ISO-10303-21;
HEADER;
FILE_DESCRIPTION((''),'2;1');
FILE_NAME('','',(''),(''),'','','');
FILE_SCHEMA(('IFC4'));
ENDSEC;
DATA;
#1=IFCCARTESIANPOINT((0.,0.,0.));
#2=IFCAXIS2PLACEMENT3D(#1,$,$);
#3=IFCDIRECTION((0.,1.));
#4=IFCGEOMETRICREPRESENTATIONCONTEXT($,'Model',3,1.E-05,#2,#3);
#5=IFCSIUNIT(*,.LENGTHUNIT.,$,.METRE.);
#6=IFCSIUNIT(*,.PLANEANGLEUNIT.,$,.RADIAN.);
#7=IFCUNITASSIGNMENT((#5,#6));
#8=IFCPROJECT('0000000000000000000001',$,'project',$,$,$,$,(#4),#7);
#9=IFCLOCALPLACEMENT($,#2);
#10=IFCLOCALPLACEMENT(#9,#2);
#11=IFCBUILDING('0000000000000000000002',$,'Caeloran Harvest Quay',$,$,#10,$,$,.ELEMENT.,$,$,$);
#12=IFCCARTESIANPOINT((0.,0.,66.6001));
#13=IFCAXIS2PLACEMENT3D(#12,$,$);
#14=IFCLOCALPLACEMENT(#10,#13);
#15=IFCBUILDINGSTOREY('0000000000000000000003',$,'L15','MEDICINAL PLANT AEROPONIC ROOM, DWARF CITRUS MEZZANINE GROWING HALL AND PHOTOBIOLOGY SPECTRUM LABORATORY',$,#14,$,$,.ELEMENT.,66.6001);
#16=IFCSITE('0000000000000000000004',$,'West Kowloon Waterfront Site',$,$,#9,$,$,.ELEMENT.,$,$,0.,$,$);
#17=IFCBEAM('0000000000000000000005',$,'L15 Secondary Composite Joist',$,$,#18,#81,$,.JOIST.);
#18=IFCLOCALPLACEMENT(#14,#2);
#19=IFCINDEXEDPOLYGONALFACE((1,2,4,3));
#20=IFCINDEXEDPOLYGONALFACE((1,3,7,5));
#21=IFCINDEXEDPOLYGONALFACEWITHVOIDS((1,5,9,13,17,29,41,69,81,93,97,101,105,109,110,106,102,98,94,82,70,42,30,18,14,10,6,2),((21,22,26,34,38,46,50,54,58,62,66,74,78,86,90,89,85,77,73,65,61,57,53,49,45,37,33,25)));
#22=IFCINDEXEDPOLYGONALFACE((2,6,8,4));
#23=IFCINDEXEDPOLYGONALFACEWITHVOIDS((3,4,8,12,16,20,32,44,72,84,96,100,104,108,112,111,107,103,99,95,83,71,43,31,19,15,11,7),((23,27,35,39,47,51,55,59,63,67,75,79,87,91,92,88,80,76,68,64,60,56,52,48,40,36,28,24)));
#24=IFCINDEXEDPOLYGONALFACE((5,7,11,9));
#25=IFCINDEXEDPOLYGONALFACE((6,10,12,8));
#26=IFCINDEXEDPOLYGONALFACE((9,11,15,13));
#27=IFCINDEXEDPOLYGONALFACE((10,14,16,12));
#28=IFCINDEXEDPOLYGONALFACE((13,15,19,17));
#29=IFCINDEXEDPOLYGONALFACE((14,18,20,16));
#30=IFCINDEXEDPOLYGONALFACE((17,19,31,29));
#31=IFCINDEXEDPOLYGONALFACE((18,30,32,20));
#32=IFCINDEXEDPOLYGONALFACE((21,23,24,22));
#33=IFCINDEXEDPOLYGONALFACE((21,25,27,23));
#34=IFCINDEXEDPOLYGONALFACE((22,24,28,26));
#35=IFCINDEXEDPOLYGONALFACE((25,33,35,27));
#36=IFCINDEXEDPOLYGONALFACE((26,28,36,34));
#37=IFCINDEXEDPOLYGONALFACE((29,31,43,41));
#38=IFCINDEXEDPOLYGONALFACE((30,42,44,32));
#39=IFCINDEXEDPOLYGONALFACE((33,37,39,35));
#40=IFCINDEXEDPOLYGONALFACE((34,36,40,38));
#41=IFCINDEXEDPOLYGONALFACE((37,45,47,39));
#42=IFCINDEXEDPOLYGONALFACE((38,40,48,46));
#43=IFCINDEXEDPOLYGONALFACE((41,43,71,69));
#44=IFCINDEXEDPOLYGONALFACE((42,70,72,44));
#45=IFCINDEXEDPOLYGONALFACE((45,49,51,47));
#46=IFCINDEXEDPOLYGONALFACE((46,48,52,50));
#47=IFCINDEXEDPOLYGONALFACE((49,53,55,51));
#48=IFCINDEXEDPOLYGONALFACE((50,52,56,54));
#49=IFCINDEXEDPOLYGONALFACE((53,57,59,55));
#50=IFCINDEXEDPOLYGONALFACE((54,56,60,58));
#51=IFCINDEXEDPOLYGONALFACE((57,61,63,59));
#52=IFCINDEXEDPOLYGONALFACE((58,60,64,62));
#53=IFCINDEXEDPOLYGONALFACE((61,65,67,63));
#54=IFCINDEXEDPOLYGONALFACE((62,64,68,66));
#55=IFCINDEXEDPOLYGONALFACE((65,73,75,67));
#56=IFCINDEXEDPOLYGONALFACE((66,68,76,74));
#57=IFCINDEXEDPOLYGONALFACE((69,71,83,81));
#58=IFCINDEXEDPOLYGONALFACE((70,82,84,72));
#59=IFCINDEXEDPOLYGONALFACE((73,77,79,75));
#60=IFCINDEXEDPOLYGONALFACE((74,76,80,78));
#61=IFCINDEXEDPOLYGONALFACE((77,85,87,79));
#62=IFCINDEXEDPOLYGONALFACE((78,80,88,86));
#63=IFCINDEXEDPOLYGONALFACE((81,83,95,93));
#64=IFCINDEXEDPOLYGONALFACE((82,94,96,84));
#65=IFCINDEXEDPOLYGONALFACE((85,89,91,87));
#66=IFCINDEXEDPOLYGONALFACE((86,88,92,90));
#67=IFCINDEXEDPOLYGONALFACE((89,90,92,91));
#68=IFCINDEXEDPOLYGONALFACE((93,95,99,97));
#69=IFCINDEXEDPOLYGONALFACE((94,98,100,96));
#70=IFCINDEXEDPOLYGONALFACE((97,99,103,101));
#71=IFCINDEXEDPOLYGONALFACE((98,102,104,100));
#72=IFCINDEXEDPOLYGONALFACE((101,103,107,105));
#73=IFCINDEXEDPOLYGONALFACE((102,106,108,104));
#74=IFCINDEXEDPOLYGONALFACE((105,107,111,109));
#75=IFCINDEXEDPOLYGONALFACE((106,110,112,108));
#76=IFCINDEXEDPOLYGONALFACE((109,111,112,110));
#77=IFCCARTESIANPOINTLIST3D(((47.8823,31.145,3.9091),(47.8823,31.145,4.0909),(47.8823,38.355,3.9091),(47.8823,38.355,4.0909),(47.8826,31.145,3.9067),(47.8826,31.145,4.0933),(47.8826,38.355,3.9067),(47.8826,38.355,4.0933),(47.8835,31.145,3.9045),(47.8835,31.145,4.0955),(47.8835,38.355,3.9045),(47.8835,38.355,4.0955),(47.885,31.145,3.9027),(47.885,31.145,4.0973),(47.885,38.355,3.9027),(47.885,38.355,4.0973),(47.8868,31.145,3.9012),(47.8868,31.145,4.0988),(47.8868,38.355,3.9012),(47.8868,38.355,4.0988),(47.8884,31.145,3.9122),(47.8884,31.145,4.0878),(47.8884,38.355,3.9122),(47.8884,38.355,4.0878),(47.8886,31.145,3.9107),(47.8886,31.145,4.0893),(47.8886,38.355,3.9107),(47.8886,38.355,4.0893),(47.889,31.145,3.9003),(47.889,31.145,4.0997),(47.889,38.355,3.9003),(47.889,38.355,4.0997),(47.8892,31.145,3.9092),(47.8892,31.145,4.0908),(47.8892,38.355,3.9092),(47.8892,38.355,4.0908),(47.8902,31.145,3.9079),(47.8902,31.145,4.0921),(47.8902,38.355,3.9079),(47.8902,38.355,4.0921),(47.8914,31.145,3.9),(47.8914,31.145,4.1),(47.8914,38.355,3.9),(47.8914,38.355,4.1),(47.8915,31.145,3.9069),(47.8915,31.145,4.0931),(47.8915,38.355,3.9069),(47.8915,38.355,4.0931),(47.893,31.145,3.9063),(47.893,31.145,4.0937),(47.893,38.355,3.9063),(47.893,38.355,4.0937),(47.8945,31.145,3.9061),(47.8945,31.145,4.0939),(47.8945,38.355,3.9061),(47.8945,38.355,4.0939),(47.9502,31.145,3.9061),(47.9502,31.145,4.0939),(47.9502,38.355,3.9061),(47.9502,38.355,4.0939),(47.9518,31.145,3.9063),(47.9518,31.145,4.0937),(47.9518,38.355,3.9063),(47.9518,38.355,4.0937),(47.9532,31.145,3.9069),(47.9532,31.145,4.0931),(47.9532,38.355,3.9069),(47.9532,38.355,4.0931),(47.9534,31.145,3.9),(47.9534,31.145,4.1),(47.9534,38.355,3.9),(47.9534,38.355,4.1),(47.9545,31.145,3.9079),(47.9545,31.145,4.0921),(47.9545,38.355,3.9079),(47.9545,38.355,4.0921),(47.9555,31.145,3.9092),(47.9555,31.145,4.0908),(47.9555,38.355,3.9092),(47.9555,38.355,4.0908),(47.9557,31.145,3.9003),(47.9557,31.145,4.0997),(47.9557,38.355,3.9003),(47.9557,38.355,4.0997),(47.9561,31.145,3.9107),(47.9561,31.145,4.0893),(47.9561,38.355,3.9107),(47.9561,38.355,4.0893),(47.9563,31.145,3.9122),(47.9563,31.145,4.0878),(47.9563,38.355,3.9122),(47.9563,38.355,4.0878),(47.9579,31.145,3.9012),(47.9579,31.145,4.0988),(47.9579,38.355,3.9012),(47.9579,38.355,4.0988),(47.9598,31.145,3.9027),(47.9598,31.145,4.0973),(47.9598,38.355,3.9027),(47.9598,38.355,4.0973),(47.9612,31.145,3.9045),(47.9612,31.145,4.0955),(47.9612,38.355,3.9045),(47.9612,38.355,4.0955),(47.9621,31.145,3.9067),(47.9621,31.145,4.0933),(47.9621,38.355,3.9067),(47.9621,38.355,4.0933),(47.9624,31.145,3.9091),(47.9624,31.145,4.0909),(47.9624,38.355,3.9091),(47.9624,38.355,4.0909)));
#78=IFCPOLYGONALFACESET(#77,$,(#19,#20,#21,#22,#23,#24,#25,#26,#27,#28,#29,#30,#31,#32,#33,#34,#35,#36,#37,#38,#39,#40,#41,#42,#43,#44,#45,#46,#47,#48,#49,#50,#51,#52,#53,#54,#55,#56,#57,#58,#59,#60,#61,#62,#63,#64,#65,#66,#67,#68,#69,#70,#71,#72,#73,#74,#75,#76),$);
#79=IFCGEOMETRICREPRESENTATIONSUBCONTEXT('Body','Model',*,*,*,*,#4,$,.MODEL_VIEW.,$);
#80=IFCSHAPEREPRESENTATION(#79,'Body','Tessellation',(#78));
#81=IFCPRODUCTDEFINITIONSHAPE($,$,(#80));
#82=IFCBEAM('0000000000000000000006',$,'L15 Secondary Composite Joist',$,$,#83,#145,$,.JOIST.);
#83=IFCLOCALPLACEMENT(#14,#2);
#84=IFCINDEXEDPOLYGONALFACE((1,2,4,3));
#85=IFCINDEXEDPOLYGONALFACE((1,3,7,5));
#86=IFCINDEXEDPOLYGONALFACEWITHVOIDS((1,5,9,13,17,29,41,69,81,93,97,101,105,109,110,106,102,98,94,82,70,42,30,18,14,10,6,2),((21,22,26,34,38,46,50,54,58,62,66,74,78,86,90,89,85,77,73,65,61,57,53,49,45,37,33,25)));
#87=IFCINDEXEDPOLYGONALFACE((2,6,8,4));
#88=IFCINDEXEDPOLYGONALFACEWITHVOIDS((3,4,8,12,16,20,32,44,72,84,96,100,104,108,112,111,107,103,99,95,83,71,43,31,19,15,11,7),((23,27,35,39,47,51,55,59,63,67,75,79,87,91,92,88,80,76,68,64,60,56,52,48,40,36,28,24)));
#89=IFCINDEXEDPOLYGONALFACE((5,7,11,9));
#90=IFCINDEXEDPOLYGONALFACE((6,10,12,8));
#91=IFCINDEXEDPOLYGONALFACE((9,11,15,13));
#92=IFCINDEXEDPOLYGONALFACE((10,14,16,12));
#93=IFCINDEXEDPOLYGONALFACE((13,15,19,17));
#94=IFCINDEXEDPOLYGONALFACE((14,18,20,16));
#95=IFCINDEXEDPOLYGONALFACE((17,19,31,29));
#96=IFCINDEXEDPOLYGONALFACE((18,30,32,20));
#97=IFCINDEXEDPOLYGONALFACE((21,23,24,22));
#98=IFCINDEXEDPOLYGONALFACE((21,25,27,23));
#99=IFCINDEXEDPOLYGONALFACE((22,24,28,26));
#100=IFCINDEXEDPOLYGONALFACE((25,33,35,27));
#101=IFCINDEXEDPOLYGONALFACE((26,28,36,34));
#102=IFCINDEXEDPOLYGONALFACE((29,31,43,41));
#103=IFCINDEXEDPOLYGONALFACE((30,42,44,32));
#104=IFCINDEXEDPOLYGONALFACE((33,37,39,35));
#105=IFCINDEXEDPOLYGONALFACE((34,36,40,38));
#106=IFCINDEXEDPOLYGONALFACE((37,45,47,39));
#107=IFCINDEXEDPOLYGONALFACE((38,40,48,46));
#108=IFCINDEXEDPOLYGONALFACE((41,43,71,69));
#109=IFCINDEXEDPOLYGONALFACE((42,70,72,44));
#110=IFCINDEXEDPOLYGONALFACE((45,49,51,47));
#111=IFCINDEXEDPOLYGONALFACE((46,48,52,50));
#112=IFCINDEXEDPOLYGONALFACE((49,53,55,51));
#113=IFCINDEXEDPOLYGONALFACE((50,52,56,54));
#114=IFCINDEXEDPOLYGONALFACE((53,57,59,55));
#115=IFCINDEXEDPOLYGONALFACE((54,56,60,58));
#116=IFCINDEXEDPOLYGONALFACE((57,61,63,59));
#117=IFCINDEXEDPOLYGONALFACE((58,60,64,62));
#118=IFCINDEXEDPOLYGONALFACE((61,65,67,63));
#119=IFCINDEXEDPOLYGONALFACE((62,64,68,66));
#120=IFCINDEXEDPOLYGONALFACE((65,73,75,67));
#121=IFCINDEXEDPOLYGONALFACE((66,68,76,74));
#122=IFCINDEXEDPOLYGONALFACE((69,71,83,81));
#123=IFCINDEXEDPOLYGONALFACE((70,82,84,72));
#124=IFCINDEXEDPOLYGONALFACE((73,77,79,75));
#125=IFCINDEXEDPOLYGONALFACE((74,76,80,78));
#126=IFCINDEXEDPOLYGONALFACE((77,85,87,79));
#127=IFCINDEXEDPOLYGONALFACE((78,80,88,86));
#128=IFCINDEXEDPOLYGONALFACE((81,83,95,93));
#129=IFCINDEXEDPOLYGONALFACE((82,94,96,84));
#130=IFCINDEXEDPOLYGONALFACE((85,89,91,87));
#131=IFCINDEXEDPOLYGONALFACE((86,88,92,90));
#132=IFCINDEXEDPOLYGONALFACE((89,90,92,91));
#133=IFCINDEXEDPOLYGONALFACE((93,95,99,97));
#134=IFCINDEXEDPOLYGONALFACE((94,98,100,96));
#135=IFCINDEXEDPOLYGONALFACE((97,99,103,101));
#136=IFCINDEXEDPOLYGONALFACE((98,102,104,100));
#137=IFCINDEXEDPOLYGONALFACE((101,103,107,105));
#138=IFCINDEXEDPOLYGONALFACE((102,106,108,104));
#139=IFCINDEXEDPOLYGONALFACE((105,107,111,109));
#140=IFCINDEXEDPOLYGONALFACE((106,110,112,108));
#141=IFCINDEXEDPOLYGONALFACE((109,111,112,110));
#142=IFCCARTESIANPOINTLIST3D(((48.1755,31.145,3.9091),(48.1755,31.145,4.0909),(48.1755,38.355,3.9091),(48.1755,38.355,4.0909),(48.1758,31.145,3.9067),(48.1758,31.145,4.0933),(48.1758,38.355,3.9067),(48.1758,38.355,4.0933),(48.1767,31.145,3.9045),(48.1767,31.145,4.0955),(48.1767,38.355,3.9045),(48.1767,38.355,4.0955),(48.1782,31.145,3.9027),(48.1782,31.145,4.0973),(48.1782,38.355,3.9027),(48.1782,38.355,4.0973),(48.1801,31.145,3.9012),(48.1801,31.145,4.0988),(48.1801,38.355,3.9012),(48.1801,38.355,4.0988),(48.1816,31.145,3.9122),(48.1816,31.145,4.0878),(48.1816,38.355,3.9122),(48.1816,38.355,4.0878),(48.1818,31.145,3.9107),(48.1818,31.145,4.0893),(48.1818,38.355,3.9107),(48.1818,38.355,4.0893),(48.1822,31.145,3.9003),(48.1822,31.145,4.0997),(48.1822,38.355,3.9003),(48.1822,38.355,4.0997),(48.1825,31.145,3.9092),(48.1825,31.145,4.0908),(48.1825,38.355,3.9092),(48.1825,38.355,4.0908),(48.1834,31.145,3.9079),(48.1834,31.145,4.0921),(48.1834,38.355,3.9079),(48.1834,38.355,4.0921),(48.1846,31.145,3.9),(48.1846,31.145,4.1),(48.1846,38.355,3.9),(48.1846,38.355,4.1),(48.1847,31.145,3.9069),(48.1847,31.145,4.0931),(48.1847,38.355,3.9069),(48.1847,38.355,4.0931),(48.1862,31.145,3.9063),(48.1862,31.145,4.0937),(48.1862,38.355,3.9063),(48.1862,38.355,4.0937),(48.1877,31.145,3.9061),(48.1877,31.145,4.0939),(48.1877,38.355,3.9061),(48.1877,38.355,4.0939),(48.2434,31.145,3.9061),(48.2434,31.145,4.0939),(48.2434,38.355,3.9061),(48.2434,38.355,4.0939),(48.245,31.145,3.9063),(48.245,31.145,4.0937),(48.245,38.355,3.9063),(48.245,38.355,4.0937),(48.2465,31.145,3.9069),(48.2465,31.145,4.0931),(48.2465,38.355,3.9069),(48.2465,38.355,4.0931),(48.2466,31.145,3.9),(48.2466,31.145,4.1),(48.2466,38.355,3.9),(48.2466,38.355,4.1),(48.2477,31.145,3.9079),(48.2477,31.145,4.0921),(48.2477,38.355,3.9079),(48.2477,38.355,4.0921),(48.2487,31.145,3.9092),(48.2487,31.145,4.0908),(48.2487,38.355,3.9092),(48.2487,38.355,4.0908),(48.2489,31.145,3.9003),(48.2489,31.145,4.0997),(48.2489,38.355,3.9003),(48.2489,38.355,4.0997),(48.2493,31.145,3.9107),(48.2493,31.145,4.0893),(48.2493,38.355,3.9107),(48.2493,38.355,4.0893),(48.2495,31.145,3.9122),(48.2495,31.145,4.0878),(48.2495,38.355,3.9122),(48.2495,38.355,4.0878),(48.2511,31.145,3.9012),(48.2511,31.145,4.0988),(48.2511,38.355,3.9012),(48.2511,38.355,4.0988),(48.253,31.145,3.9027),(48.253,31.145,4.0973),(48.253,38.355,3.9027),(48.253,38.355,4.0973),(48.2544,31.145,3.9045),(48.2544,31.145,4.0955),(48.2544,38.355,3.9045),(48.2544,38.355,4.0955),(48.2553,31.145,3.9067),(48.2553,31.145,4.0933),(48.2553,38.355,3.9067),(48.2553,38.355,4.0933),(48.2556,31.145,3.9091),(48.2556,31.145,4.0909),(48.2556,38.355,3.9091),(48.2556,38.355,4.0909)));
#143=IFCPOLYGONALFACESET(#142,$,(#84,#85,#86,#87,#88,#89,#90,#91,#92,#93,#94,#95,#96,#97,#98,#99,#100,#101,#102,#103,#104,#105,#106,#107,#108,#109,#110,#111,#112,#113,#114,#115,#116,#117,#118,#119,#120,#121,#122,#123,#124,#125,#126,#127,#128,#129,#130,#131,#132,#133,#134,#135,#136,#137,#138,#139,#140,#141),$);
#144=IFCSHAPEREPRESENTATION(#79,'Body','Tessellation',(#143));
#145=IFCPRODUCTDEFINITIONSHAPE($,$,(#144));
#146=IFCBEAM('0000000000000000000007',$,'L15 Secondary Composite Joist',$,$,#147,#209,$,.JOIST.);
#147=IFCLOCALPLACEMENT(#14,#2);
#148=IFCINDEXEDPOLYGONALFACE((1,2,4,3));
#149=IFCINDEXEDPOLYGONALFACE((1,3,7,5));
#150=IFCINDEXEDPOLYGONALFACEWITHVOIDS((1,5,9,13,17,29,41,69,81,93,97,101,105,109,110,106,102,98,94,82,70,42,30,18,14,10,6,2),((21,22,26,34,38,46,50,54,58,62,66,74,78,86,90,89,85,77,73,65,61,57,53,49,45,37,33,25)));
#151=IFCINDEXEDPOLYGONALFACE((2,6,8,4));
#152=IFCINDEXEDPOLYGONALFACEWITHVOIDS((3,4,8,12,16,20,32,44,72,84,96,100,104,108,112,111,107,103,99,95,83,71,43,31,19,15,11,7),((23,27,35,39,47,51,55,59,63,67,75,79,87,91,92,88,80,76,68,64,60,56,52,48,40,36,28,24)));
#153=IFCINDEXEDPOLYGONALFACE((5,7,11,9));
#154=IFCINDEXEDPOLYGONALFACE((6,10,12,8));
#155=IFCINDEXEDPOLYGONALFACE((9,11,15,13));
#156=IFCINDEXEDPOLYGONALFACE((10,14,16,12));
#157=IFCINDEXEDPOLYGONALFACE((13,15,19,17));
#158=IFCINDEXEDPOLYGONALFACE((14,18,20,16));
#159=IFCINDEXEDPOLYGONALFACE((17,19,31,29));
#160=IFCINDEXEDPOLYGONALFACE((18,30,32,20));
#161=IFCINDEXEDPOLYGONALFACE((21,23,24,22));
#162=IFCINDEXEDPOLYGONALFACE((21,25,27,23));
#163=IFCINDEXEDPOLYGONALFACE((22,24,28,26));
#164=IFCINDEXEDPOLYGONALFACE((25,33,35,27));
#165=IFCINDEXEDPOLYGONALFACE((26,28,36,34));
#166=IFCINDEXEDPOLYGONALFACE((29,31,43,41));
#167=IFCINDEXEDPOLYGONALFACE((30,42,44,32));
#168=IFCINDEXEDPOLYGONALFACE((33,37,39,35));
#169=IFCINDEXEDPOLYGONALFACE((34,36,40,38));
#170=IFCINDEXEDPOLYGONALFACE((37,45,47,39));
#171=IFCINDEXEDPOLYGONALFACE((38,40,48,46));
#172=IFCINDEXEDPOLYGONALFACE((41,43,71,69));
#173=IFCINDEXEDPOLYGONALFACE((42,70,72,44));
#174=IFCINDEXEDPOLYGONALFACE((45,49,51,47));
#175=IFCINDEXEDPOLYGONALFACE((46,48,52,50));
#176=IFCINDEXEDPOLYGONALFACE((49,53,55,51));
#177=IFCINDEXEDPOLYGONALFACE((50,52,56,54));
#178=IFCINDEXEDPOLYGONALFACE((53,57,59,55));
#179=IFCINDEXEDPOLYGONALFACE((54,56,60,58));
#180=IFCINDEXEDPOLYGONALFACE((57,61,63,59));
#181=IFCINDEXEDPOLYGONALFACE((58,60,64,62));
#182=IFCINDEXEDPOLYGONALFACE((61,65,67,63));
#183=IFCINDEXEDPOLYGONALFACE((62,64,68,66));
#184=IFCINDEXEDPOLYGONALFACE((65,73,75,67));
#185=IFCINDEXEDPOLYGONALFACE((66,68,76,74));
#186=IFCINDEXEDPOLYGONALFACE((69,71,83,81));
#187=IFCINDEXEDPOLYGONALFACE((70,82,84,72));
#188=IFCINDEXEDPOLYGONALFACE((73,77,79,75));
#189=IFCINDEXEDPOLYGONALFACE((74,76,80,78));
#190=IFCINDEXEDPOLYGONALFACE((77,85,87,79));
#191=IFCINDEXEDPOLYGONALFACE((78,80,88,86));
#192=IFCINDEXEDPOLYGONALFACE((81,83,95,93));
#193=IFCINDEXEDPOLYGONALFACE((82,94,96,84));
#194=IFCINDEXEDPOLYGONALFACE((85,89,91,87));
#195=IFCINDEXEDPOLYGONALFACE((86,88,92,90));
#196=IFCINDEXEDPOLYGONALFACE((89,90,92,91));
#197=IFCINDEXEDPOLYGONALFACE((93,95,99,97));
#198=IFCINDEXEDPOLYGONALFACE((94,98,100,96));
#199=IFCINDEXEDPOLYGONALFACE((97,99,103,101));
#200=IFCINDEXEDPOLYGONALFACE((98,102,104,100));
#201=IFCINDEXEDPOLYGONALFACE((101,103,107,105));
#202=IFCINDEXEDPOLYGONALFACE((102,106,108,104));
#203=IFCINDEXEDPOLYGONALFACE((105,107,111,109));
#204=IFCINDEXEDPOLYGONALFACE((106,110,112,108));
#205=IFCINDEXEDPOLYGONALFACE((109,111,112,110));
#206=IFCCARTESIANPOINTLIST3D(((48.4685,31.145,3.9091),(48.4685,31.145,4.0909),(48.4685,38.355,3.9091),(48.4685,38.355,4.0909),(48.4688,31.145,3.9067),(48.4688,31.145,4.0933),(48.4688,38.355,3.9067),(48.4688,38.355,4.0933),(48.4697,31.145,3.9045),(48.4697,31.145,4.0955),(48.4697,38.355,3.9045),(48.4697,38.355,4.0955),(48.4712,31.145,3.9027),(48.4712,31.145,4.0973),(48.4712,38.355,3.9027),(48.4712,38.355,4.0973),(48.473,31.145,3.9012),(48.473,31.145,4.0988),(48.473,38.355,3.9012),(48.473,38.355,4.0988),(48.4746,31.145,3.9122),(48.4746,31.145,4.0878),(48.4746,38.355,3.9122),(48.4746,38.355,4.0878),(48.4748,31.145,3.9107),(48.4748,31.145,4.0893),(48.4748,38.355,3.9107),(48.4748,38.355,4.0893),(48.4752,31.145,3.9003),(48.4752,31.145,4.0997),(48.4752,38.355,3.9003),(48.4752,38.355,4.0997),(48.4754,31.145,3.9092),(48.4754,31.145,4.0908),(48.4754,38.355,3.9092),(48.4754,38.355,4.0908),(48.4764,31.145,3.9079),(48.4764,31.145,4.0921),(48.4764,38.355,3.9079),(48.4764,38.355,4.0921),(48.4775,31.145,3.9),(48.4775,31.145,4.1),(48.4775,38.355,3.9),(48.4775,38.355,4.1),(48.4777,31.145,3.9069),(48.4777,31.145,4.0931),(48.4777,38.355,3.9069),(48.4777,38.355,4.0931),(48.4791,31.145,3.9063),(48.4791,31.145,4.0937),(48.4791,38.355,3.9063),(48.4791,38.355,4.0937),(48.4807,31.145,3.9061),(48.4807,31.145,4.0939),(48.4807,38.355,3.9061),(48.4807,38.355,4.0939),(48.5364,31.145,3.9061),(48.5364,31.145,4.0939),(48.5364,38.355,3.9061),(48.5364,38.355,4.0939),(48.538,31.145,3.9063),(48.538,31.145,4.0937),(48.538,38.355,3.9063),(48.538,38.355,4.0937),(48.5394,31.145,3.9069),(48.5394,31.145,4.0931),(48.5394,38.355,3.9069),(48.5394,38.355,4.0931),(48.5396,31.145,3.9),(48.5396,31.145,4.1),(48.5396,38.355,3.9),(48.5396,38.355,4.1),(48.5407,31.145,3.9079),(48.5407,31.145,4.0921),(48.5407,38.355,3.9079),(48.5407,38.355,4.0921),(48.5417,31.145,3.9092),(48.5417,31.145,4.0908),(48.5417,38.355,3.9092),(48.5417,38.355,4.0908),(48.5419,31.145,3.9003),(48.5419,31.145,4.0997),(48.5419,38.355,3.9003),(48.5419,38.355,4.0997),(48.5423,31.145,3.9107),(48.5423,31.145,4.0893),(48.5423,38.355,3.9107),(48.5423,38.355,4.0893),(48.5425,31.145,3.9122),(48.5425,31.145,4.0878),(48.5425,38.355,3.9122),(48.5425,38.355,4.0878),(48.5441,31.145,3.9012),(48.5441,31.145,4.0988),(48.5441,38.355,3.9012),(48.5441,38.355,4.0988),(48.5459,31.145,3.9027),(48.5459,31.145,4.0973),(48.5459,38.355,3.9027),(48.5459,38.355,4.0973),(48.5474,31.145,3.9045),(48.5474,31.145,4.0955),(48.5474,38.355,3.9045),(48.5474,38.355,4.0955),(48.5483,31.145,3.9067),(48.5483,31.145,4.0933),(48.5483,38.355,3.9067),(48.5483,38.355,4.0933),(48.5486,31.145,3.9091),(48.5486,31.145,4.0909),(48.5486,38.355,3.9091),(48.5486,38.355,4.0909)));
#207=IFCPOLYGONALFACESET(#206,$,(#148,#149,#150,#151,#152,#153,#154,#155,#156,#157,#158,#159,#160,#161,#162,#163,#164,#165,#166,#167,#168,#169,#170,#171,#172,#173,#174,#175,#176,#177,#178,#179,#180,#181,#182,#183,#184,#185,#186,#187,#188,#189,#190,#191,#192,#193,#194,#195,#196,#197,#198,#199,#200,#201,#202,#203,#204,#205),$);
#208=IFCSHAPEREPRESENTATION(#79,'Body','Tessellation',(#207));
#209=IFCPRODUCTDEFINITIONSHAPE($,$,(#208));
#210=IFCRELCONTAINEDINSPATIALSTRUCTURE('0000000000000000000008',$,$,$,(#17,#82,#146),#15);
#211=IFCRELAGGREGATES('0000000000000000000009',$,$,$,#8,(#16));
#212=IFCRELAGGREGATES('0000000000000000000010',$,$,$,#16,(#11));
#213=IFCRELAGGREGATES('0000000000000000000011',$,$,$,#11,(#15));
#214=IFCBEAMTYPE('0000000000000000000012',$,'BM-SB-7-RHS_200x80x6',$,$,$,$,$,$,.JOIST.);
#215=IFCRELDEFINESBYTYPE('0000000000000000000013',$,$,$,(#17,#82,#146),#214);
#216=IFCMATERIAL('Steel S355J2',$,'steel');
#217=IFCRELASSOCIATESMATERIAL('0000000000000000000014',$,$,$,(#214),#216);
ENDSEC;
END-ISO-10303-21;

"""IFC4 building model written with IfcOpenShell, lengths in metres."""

from ifc_helpers import new_model, si_unit, direction, frame, origin, origin_2d, place, context, subcontext, project, spatial, hollow_rectangle, extrude, material, material_profile, profile_set, type_object, element, save


model = new_model("IFC4")

# Units and contexts
model_context = context("Model", 3, precision=1e-05, world=origin(), true_north=direction((0.0, 1.0)))
body_context = subcontext(model_context, "Body", "Model", "MODEL_VIEW")
ifc_project = project(units=[si_unit("LENGTHUNIT", "METRE"), si_unit("PLANEANGLEUNIT", "RADIAN")], contexts=[model_context])

# Site, building, storey
site_placement = place(None, origin())
site = spatial("IfcSite", under=ifc_project, at=site_placement, Name="West Kowloon Waterfront Site", CompositionType="ELEMENT", RefElevation=0.0)
building_placement = place(site_placement, origin())
building = spatial("IfcBuilding", under=site, at=building_placement, Name="Caeloran Harvest Quay", CompositionType="ELEMENT")
storey_placement = place(building_placement, frame((0.0, 0.0, 66.6001)))
storey = spatial("IfcBuildingStorey", under=building, at=storey_placement, Name="L15", Description="MEDICINAL PLANT AEROPONIC ROOM, DWARF CITRUS MEZZANINE GROWING HALL AND PHOTOBIOLOGY SPECTRUM LABORATORY", CompositionType="ELEMENT", Elevation=66.6001)

# Beams
ifc_material_1 = material(Name="Steel S355J2", Category="steel")
ifc_material_profile_1 = material_profile(ifc_material_1, hollow_rectangle(XDim=0.0801, YDim=0.2, WallThickness=0.0061, InnerFilletRadius=0.0061, OuterFilletRadius=0.009, at=origin_2d()), Name="RHS 200x80x6")
ifc_profile_set_1 = profile_set([ifc_material_profile_1], Name="Steel S355J2")
beam_type_1 = type_object("IfcBeamType", Name="BM-SB-7-RHS_200x80x6", PredefinedType="JOIST", material=ifc_profile_set_1)
for number, where, z_axis, x_axis, name in (
    (1, (47.9224, 31.145, 4.0), (0.0, 1.0, 0.0), (-1.0, 0.0, 0.0), "L15 Secondary Composite Joist"),
    (2, (48.2156, 31.145, 4.0), (0.0, 1.0, 0.0), (-1.0, 0.0, 0.0), "L15 Secondary Composite Joist"),
    (3, (48.5085, 31.145, 4.0), (0.0, 1.0, 0.0), (-1.0, 0.0, 0.0), "L15 Secondary Composite Joist"),
):
    element("IfcBeam", number, at=place(storey_placement, frame(where, z_axis=z_axis, x_axis=x_axis)), inside=storey, type_object=beam_type_1, Name=name, PredefinedType="JOIST", context=body_context, shape_type="SweptSolid", body=[
        extrude(hollow_rectangle(XDim=0.0801, YDim=0.2, WallThickness=0.0061, InnerFilletRadius=0.0061, OuterFilletRadius=0.009, at=origin_2d()), origin(), (0.0, 0.0, 1.0), 7.21),
    ])

save(model, "model.ifc")
